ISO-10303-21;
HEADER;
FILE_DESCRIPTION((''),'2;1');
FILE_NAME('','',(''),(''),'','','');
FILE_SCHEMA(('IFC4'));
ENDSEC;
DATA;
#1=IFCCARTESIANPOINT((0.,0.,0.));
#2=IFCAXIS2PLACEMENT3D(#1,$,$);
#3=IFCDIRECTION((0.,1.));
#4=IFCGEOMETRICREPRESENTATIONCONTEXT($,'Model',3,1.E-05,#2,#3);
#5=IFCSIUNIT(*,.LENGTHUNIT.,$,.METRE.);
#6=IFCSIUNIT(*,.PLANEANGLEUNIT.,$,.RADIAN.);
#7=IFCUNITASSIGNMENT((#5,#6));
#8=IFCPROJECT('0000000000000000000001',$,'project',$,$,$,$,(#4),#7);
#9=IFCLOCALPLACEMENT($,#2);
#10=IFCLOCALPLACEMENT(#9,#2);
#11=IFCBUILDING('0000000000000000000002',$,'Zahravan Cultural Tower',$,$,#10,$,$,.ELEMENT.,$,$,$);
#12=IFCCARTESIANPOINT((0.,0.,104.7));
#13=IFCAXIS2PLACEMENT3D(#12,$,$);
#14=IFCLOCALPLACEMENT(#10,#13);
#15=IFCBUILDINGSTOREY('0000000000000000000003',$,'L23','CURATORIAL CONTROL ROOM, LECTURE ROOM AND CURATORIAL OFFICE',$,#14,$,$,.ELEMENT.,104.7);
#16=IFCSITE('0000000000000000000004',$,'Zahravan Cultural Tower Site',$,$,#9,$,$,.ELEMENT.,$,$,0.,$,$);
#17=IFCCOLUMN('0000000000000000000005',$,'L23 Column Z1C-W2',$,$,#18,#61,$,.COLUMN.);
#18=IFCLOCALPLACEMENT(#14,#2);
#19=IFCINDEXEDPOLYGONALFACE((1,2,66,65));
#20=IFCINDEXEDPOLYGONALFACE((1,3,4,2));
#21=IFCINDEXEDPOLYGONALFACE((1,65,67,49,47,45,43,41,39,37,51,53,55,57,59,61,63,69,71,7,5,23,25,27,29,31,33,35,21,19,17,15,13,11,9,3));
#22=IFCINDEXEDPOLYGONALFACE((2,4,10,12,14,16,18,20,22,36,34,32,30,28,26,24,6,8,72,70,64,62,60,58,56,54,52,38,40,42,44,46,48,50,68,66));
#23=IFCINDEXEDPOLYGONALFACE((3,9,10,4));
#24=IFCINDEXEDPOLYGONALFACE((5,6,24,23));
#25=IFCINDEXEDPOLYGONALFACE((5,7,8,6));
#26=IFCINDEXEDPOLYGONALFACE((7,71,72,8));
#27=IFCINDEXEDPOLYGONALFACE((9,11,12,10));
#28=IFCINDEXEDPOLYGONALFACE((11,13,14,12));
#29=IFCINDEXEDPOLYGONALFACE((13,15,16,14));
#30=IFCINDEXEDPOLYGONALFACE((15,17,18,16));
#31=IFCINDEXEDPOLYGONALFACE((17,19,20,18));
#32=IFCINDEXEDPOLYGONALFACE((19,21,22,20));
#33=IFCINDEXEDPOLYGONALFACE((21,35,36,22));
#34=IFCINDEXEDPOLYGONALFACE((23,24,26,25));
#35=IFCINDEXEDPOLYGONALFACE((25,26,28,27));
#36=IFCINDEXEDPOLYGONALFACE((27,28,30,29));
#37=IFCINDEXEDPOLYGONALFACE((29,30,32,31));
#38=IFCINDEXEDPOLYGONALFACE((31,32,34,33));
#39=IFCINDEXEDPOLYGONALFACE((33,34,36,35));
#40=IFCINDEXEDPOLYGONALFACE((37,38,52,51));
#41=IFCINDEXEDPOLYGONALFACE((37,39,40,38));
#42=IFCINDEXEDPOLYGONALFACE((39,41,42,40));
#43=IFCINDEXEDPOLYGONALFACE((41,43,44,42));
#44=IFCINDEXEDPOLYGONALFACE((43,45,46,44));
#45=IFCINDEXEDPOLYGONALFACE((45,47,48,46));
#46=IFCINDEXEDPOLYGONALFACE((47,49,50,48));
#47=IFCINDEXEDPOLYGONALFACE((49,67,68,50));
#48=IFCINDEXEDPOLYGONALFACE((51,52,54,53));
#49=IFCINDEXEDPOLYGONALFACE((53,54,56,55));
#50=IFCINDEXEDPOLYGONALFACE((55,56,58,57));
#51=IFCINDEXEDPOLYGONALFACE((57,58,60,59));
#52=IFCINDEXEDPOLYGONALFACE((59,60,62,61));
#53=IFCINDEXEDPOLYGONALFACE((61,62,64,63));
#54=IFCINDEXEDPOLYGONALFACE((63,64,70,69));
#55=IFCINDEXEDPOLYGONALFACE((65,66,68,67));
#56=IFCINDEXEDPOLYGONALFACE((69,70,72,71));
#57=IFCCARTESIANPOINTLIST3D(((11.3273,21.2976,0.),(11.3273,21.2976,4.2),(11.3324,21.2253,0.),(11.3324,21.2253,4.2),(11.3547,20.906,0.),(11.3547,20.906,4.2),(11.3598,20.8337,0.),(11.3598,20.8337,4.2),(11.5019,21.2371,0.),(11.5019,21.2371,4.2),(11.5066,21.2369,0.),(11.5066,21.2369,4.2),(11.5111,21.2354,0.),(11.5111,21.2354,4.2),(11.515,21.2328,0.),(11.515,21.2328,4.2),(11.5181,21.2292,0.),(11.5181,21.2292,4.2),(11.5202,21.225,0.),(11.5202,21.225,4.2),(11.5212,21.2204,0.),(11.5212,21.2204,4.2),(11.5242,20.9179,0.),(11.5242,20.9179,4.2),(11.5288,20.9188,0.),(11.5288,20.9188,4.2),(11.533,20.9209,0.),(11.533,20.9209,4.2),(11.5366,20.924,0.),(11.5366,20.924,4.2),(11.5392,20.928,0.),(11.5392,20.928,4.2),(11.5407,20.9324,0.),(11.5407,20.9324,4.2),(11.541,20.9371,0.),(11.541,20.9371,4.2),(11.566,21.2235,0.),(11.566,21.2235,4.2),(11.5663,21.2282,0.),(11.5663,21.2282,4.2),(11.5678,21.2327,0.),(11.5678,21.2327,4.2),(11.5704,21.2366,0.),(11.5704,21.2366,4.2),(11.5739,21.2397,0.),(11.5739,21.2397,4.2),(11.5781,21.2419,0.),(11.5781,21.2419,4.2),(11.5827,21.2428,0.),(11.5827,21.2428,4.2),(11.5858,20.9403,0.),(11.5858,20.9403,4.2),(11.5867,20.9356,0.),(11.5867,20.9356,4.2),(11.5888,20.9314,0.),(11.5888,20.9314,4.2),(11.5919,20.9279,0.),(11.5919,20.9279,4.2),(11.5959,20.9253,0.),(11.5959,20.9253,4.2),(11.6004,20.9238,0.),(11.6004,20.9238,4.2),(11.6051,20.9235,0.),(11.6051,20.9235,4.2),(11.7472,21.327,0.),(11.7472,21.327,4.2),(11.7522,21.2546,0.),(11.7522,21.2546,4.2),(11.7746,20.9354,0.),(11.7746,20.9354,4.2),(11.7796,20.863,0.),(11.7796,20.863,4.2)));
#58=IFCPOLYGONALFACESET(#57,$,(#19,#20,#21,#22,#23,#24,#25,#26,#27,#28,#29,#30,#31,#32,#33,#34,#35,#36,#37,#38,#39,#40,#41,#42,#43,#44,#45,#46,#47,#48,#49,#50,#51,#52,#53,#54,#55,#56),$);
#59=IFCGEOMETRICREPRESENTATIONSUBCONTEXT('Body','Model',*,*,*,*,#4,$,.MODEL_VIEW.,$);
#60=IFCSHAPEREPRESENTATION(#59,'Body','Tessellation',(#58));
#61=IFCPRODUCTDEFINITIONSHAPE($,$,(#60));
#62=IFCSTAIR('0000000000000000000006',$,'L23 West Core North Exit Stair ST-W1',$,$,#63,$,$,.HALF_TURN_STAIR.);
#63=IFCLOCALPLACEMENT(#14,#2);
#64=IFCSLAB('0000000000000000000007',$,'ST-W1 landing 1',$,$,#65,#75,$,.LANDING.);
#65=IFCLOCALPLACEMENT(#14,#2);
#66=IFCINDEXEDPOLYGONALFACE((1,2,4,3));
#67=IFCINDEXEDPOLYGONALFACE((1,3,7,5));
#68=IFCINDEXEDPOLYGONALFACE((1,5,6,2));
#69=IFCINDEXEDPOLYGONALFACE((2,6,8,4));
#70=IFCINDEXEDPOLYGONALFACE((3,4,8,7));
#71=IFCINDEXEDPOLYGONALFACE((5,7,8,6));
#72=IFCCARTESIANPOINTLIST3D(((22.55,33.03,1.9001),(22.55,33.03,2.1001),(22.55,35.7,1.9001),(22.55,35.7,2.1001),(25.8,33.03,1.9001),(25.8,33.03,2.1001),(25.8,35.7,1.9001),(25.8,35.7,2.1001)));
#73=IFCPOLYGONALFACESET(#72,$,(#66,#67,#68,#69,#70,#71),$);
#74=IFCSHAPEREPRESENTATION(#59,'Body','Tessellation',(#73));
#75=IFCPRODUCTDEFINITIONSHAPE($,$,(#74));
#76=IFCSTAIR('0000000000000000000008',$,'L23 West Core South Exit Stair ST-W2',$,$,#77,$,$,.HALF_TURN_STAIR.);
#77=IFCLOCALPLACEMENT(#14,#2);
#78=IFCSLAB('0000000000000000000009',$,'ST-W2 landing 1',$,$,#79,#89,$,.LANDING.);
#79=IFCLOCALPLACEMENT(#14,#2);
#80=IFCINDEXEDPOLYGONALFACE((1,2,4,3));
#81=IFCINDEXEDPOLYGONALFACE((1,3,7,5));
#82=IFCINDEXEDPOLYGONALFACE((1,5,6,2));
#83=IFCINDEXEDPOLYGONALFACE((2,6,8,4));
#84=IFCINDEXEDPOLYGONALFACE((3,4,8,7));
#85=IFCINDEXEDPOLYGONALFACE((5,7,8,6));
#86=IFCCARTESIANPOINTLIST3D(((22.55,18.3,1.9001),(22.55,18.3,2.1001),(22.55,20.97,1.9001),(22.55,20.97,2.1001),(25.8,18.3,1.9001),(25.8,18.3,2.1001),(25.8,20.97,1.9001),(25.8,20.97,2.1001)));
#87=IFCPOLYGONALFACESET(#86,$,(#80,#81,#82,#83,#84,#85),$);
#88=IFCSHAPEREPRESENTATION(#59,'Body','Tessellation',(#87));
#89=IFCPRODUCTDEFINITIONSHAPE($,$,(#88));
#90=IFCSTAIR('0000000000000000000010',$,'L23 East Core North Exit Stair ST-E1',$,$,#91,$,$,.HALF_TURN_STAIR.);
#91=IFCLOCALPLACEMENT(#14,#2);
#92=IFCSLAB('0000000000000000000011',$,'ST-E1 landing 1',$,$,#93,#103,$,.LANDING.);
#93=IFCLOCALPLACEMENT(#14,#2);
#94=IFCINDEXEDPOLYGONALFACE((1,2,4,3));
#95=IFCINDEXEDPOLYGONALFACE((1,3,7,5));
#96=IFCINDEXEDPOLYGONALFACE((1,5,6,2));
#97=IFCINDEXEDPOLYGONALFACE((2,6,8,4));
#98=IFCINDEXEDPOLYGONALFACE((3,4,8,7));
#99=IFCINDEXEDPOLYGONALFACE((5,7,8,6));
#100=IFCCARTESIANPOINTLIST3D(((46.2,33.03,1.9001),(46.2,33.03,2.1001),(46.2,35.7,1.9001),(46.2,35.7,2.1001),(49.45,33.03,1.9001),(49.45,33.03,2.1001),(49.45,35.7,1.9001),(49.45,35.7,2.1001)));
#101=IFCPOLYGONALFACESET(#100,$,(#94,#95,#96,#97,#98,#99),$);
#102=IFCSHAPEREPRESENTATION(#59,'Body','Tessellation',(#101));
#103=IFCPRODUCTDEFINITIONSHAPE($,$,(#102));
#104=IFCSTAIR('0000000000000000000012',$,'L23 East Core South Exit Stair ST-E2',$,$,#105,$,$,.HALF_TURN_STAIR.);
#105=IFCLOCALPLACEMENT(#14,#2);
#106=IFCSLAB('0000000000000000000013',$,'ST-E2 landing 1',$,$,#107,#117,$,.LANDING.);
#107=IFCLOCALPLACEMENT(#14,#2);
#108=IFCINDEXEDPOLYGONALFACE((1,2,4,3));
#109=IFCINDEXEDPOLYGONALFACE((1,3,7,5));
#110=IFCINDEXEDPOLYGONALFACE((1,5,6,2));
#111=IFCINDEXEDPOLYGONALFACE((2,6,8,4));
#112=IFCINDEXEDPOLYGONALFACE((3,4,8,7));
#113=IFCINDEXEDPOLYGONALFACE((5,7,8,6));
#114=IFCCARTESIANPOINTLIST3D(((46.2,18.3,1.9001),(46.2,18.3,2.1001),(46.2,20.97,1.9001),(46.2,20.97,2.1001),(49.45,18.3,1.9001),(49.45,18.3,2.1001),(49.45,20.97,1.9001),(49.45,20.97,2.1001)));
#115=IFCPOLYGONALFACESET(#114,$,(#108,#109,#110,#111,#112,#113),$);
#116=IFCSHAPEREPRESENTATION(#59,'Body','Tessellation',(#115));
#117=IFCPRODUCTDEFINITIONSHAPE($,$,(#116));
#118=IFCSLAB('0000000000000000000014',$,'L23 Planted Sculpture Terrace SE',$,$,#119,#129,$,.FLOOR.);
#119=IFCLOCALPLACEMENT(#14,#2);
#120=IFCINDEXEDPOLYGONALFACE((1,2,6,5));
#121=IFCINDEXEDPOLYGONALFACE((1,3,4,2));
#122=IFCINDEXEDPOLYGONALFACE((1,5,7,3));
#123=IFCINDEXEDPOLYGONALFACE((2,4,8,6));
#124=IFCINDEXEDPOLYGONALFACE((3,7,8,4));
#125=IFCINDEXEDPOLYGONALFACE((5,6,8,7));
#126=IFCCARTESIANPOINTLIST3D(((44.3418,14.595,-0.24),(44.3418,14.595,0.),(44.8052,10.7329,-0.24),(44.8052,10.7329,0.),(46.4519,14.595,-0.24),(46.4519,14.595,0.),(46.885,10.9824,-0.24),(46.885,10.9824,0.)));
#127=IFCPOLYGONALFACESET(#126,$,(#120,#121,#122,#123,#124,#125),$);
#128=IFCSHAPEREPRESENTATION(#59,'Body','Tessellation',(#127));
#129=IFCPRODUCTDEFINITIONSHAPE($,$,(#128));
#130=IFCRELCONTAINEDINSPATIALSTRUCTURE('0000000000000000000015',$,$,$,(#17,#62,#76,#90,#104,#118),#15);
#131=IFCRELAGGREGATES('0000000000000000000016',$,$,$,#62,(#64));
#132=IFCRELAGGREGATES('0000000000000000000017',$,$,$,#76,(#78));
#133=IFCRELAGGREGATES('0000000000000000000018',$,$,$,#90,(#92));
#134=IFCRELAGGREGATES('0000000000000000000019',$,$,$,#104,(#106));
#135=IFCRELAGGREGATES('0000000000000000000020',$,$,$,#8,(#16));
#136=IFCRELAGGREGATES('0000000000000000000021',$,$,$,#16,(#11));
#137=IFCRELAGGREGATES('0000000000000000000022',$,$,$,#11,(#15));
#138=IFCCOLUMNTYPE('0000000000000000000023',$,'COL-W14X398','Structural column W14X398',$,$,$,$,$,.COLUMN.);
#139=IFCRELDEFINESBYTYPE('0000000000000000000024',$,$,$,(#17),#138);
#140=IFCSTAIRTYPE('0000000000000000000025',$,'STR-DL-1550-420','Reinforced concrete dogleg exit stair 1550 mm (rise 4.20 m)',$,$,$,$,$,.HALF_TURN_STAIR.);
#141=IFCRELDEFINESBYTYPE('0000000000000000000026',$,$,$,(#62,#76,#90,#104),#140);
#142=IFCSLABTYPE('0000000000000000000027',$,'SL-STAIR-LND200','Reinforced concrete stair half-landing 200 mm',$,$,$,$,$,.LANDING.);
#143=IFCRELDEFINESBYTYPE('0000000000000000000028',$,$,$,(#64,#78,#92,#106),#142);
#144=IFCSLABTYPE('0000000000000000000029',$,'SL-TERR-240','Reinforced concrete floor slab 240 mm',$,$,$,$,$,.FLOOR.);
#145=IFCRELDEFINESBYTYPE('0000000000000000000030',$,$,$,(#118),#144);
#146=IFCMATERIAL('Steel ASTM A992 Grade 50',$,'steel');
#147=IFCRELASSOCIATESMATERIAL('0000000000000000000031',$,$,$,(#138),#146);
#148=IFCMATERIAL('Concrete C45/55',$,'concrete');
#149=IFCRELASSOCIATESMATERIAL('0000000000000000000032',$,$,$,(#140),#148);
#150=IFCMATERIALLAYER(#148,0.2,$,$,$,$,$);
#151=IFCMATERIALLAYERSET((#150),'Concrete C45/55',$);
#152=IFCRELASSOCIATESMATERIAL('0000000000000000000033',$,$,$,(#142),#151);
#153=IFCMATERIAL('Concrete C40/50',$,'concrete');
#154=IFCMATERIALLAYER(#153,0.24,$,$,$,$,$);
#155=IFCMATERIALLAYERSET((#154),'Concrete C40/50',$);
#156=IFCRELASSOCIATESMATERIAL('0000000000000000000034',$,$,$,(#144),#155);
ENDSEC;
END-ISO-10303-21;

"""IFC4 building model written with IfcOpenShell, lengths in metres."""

from ifc_helpers import new_model, si_unit, direction, frame, origin, origin_2d, place, context, subcontext, project, spatial, polyline, i_section, outline, extrude, source, transform, mapped, material, layer, layer_set, material_profile, profile_set, type_object, element, aggregate, save


model = new_model("IFC4")

# Units and contexts
model_context = context("Model", 3, precision=1e-05, world=origin(), true_north=direction((0.0, 1.0)))
body_context = subcontext(model_context, "Body", "Model", "MODEL_VIEW")
ifc_project = project(units=[si_unit("LENGTHUNIT", "METRE"), si_unit("PLANEANGLEUNIT", "RADIAN")], contexts=[model_context])

# Site, building, storey
site_placement = place(None, origin())
site = spatial("IfcSite", under=ifc_project, at=site_placement, Name="Zahravan Cultural Tower Site", CompositionType="ELEMENT", RefElevation=0.0)
building_placement = place(site_placement, origin())
building = spatial("IfcBuilding", under=site, at=building_placement, Name="Zahravan Cultural Tower", CompositionType="ELEMENT")
storey_placement = place(building_placement, frame((0.0, 0.0, 104.7)))
storey = spatial("IfcBuildingStorey", under=building, at=storey_placement, Name="L23", Description="CURATORIAL CONTROL ROOM, LECTURE ROOM AND CURATORIAL OFFICE", CompositionType="ELEMENT", Elevation=104.7)

# Column
ifc_material_1 = material(Name="Steel ASTM A992 Grade 50", Category="steel")
ifc_material_profile = material_profile(ifc_material_1, i_section(OverallWidth=0.4209, OverallDepth=0.4651, WebThickness=0.0449, FlangeThickness=0.0725, FilletRadius=0.0181, at=origin_2d()), Name="W14X398")
ifc_profile_set = profile_set([ifc_material_profile], Name="Steel ASTM A992 Grade 50")
column_type = type_object("IfcColumnType", Name="COL-W14X398", Description="Structural column W14X398", PredefinedType="COLUMN", material=ifc_profile_set)
shared_shape_1 = source(origin(), body_context, "Body", "SweptSolid", [
    extrude(i_section(OverallWidth=0.4209, OverallDepth=0.4651, WebThickness=0.0449, FlangeThickness=0.0725, FilletRadius=0.0181, at=origin_2d()), origin(), (0.0, 0.0, 1.0), 4.2),
])
column_placement = place(storey_placement, frame((11.5535, 21.0803, 0.0), z_axis=(0.0, 0.0, 1.0), x_axis=(0.997564, 0.069756, 0.0)))
element("IfcColumn", 1, at=column_placement, inside=storey, type_object=column_type, Name="L23 Column Z1C-W2", PredefinedType="COLUMN", context=body_context, shape_type="MappedRepresentation", body=[
    mapped(shared_shape_1, transform((0.0, 0.0, 0.0), x_axis=(1.0, 0.0, 0.0), y_axis=(0.0, 1.0, 0.0), z_axis=(0.0, 0.0, 1.0), scale=1.0)),
])

# Stairs, slabs
ifc_material_2 = material(Name="Concrete C45/55", Category="concrete")
stair_type = type_object("IfcStairType", Name="STR-DL-1550-420", Description="Reinforced concrete dogleg exit stair 1550 mm (rise 4.20 m)", PredefinedType="HALF_TURN_STAIR", material=ifc_material_2)
stair_1_placement = place(storey_placement, origin())
stair_1 = element("IfcStair", 2, at=stair_1_placement, inside=storey, type_object=stair_type, Name="L23 West Core North Exit Stair ST-W1", PredefinedType="HALF_TURN_STAIR")
ifc_layer_1 = layer(ifc_material_2, 0.2)
ifc_layer_set_1 = layer_set([ifc_layer_1], Name="Concrete C45/55")
slab_type_1 = type_object("IfcSlabType", Name="SL-STAIR-LND200", Description="Reinforced concrete stair half-landing 200 mm", PredefinedType="LANDING", material=ifc_layer_set_1)
slab_1_placement = place(storey_placement, frame((0.0, 0.0, 1.9001)))
slab_1 = element("IfcSlab", 3, at=slab_1_placement, type_object=slab_type_1, Name="ST-W1 landing 1", PredefinedType="LANDING", context=body_context, shape_type="SweptSolid", body=[
    extrude(outline(polyline([(25.8, 33.03), (25.8, 35.7), (22.55, 35.7), (22.55, 33.03), (25.8, 33.03)])), origin(), (0.0, 0.0, 1.0), 0.2),
])
aggregate(stair_1, [slab_1])
stair_2_placement = place(storey_placement, origin())
stair_2 = element("IfcStair", 4, at=stair_2_placement, inside=storey, type_object=stair_type, Name="L23 West Core South Exit Stair ST-W2", PredefinedType="HALF_TURN_STAIR")
slab_2_placement = place(storey_placement, frame((0.0, 0.0, 1.9001)))
slab_2 = element("IfcSlab", 5, at=slab_2_placement, type_object=slab_type_1, Name="ST-W2 landing 1", PredefinedType="LANDING", context=body_context, shape_type="SweptSolid", body=[
    extrude(outline(polyline([(22.55, 20.97), (22.55, 18.3), (25.8, 18.3), (25.8, 20.97), (22.55, 20.97)])), origin(), (0.0, 0.0, 1.0), 0.2),
])
aggregate(stair_2, [slab_2])
stair_3_placement = place(storey_placement, origin())
stair_3 = element("IfcStair", 6, at=stair_3_placement, inside=storey, type_object=stair_type, Name="L23 East Core North Exit Stair ST-E1", PredefinedType="HALF_TURN_STAIR")
slab_3_placement = place(storey_placement, frame((0.0, 0.0, 1.9001)))
slab_3 = element("IfcSlab", 7, at=slab_3_placement, type_object=slab_type_1, Name="ST-E1 landing 1", PredefinedType="LANDING", context=body_context, shape_type="SweptSolid", body=[
    extrude(outline(polyline([(49.45, 33.03), (49.45, 35.7), (46.2, 35.7), (46.2, 33.03), (49.45, 33.03)])), origin(), (0.0, 0.0, 1.0), 0.2),
])
aggregate(stair_3, [slab_3])
stair_4_placement = place(storey_placement, origin())
stair_4 = element("IfcStair", 8, at=stair_4_placement, inside=storey, type_object=stair_type, Name="L23 East Core South Exit Stair ST-E2", PredefinedType="HALF_TURN_STAIR")
slab_4_placement = place(storey_placement, frame((0.0, 0.0, 1.9001)))
slab_4 = element("IfcSlab", 9, at=slab_4_placement, type_object=slab_type_1, Name="ST-E2 landing 1", PredefinedType="LANDING", context=body_context, shape_type="SweptSolid", body=[
    extrude(outline(polyline([(46.2, 20.97), (46.2, 18.3), (49.45, 18.3), (49.45, 20.97), (46.2, 20.97)])), origin(), (0.0, 0.0, 1.0), 0.2),
])
aggregate(stair_4, [slab_4])

# Slab
ifc_material_3 = material(Name="Concrete C40/50", Category="concrete")
ifc_layer_2 = layer(ifc_material_3, 0.24)
ifc_layer_set_2 = layer_set([ifc_layer_2], Name="Concrete C40/50")
slab_type_2 = type_object("IfcSlabType", Name="SL-TERR-240", Description="Reinforced concrete floor slab 240 mm", PredefinedType="FLOOR", material=ifc_layer_set_2)
slab_5_placement = place(storey_placement, frame((0.0, 0.0, -0.24)))
element("IfcSlab", 10, at=slab_5_placement, inside=storey, type_object=slab_type_2, Name="L23 Planted Sculpture Terrace SE", PredefinedType="FLOOR", context=body_context, shape_type="SweptSolid", body=[
    extrude(outline(polyline([(46.885, 10.9824), (46.4519, 14.595), (44.3418, 14.595), (44.8052, 10.7329), (46.885, 10.9824)])), origin(), (0.0, 0.0, 1.0), 0.24),
])

save(model, "model.ifc")
